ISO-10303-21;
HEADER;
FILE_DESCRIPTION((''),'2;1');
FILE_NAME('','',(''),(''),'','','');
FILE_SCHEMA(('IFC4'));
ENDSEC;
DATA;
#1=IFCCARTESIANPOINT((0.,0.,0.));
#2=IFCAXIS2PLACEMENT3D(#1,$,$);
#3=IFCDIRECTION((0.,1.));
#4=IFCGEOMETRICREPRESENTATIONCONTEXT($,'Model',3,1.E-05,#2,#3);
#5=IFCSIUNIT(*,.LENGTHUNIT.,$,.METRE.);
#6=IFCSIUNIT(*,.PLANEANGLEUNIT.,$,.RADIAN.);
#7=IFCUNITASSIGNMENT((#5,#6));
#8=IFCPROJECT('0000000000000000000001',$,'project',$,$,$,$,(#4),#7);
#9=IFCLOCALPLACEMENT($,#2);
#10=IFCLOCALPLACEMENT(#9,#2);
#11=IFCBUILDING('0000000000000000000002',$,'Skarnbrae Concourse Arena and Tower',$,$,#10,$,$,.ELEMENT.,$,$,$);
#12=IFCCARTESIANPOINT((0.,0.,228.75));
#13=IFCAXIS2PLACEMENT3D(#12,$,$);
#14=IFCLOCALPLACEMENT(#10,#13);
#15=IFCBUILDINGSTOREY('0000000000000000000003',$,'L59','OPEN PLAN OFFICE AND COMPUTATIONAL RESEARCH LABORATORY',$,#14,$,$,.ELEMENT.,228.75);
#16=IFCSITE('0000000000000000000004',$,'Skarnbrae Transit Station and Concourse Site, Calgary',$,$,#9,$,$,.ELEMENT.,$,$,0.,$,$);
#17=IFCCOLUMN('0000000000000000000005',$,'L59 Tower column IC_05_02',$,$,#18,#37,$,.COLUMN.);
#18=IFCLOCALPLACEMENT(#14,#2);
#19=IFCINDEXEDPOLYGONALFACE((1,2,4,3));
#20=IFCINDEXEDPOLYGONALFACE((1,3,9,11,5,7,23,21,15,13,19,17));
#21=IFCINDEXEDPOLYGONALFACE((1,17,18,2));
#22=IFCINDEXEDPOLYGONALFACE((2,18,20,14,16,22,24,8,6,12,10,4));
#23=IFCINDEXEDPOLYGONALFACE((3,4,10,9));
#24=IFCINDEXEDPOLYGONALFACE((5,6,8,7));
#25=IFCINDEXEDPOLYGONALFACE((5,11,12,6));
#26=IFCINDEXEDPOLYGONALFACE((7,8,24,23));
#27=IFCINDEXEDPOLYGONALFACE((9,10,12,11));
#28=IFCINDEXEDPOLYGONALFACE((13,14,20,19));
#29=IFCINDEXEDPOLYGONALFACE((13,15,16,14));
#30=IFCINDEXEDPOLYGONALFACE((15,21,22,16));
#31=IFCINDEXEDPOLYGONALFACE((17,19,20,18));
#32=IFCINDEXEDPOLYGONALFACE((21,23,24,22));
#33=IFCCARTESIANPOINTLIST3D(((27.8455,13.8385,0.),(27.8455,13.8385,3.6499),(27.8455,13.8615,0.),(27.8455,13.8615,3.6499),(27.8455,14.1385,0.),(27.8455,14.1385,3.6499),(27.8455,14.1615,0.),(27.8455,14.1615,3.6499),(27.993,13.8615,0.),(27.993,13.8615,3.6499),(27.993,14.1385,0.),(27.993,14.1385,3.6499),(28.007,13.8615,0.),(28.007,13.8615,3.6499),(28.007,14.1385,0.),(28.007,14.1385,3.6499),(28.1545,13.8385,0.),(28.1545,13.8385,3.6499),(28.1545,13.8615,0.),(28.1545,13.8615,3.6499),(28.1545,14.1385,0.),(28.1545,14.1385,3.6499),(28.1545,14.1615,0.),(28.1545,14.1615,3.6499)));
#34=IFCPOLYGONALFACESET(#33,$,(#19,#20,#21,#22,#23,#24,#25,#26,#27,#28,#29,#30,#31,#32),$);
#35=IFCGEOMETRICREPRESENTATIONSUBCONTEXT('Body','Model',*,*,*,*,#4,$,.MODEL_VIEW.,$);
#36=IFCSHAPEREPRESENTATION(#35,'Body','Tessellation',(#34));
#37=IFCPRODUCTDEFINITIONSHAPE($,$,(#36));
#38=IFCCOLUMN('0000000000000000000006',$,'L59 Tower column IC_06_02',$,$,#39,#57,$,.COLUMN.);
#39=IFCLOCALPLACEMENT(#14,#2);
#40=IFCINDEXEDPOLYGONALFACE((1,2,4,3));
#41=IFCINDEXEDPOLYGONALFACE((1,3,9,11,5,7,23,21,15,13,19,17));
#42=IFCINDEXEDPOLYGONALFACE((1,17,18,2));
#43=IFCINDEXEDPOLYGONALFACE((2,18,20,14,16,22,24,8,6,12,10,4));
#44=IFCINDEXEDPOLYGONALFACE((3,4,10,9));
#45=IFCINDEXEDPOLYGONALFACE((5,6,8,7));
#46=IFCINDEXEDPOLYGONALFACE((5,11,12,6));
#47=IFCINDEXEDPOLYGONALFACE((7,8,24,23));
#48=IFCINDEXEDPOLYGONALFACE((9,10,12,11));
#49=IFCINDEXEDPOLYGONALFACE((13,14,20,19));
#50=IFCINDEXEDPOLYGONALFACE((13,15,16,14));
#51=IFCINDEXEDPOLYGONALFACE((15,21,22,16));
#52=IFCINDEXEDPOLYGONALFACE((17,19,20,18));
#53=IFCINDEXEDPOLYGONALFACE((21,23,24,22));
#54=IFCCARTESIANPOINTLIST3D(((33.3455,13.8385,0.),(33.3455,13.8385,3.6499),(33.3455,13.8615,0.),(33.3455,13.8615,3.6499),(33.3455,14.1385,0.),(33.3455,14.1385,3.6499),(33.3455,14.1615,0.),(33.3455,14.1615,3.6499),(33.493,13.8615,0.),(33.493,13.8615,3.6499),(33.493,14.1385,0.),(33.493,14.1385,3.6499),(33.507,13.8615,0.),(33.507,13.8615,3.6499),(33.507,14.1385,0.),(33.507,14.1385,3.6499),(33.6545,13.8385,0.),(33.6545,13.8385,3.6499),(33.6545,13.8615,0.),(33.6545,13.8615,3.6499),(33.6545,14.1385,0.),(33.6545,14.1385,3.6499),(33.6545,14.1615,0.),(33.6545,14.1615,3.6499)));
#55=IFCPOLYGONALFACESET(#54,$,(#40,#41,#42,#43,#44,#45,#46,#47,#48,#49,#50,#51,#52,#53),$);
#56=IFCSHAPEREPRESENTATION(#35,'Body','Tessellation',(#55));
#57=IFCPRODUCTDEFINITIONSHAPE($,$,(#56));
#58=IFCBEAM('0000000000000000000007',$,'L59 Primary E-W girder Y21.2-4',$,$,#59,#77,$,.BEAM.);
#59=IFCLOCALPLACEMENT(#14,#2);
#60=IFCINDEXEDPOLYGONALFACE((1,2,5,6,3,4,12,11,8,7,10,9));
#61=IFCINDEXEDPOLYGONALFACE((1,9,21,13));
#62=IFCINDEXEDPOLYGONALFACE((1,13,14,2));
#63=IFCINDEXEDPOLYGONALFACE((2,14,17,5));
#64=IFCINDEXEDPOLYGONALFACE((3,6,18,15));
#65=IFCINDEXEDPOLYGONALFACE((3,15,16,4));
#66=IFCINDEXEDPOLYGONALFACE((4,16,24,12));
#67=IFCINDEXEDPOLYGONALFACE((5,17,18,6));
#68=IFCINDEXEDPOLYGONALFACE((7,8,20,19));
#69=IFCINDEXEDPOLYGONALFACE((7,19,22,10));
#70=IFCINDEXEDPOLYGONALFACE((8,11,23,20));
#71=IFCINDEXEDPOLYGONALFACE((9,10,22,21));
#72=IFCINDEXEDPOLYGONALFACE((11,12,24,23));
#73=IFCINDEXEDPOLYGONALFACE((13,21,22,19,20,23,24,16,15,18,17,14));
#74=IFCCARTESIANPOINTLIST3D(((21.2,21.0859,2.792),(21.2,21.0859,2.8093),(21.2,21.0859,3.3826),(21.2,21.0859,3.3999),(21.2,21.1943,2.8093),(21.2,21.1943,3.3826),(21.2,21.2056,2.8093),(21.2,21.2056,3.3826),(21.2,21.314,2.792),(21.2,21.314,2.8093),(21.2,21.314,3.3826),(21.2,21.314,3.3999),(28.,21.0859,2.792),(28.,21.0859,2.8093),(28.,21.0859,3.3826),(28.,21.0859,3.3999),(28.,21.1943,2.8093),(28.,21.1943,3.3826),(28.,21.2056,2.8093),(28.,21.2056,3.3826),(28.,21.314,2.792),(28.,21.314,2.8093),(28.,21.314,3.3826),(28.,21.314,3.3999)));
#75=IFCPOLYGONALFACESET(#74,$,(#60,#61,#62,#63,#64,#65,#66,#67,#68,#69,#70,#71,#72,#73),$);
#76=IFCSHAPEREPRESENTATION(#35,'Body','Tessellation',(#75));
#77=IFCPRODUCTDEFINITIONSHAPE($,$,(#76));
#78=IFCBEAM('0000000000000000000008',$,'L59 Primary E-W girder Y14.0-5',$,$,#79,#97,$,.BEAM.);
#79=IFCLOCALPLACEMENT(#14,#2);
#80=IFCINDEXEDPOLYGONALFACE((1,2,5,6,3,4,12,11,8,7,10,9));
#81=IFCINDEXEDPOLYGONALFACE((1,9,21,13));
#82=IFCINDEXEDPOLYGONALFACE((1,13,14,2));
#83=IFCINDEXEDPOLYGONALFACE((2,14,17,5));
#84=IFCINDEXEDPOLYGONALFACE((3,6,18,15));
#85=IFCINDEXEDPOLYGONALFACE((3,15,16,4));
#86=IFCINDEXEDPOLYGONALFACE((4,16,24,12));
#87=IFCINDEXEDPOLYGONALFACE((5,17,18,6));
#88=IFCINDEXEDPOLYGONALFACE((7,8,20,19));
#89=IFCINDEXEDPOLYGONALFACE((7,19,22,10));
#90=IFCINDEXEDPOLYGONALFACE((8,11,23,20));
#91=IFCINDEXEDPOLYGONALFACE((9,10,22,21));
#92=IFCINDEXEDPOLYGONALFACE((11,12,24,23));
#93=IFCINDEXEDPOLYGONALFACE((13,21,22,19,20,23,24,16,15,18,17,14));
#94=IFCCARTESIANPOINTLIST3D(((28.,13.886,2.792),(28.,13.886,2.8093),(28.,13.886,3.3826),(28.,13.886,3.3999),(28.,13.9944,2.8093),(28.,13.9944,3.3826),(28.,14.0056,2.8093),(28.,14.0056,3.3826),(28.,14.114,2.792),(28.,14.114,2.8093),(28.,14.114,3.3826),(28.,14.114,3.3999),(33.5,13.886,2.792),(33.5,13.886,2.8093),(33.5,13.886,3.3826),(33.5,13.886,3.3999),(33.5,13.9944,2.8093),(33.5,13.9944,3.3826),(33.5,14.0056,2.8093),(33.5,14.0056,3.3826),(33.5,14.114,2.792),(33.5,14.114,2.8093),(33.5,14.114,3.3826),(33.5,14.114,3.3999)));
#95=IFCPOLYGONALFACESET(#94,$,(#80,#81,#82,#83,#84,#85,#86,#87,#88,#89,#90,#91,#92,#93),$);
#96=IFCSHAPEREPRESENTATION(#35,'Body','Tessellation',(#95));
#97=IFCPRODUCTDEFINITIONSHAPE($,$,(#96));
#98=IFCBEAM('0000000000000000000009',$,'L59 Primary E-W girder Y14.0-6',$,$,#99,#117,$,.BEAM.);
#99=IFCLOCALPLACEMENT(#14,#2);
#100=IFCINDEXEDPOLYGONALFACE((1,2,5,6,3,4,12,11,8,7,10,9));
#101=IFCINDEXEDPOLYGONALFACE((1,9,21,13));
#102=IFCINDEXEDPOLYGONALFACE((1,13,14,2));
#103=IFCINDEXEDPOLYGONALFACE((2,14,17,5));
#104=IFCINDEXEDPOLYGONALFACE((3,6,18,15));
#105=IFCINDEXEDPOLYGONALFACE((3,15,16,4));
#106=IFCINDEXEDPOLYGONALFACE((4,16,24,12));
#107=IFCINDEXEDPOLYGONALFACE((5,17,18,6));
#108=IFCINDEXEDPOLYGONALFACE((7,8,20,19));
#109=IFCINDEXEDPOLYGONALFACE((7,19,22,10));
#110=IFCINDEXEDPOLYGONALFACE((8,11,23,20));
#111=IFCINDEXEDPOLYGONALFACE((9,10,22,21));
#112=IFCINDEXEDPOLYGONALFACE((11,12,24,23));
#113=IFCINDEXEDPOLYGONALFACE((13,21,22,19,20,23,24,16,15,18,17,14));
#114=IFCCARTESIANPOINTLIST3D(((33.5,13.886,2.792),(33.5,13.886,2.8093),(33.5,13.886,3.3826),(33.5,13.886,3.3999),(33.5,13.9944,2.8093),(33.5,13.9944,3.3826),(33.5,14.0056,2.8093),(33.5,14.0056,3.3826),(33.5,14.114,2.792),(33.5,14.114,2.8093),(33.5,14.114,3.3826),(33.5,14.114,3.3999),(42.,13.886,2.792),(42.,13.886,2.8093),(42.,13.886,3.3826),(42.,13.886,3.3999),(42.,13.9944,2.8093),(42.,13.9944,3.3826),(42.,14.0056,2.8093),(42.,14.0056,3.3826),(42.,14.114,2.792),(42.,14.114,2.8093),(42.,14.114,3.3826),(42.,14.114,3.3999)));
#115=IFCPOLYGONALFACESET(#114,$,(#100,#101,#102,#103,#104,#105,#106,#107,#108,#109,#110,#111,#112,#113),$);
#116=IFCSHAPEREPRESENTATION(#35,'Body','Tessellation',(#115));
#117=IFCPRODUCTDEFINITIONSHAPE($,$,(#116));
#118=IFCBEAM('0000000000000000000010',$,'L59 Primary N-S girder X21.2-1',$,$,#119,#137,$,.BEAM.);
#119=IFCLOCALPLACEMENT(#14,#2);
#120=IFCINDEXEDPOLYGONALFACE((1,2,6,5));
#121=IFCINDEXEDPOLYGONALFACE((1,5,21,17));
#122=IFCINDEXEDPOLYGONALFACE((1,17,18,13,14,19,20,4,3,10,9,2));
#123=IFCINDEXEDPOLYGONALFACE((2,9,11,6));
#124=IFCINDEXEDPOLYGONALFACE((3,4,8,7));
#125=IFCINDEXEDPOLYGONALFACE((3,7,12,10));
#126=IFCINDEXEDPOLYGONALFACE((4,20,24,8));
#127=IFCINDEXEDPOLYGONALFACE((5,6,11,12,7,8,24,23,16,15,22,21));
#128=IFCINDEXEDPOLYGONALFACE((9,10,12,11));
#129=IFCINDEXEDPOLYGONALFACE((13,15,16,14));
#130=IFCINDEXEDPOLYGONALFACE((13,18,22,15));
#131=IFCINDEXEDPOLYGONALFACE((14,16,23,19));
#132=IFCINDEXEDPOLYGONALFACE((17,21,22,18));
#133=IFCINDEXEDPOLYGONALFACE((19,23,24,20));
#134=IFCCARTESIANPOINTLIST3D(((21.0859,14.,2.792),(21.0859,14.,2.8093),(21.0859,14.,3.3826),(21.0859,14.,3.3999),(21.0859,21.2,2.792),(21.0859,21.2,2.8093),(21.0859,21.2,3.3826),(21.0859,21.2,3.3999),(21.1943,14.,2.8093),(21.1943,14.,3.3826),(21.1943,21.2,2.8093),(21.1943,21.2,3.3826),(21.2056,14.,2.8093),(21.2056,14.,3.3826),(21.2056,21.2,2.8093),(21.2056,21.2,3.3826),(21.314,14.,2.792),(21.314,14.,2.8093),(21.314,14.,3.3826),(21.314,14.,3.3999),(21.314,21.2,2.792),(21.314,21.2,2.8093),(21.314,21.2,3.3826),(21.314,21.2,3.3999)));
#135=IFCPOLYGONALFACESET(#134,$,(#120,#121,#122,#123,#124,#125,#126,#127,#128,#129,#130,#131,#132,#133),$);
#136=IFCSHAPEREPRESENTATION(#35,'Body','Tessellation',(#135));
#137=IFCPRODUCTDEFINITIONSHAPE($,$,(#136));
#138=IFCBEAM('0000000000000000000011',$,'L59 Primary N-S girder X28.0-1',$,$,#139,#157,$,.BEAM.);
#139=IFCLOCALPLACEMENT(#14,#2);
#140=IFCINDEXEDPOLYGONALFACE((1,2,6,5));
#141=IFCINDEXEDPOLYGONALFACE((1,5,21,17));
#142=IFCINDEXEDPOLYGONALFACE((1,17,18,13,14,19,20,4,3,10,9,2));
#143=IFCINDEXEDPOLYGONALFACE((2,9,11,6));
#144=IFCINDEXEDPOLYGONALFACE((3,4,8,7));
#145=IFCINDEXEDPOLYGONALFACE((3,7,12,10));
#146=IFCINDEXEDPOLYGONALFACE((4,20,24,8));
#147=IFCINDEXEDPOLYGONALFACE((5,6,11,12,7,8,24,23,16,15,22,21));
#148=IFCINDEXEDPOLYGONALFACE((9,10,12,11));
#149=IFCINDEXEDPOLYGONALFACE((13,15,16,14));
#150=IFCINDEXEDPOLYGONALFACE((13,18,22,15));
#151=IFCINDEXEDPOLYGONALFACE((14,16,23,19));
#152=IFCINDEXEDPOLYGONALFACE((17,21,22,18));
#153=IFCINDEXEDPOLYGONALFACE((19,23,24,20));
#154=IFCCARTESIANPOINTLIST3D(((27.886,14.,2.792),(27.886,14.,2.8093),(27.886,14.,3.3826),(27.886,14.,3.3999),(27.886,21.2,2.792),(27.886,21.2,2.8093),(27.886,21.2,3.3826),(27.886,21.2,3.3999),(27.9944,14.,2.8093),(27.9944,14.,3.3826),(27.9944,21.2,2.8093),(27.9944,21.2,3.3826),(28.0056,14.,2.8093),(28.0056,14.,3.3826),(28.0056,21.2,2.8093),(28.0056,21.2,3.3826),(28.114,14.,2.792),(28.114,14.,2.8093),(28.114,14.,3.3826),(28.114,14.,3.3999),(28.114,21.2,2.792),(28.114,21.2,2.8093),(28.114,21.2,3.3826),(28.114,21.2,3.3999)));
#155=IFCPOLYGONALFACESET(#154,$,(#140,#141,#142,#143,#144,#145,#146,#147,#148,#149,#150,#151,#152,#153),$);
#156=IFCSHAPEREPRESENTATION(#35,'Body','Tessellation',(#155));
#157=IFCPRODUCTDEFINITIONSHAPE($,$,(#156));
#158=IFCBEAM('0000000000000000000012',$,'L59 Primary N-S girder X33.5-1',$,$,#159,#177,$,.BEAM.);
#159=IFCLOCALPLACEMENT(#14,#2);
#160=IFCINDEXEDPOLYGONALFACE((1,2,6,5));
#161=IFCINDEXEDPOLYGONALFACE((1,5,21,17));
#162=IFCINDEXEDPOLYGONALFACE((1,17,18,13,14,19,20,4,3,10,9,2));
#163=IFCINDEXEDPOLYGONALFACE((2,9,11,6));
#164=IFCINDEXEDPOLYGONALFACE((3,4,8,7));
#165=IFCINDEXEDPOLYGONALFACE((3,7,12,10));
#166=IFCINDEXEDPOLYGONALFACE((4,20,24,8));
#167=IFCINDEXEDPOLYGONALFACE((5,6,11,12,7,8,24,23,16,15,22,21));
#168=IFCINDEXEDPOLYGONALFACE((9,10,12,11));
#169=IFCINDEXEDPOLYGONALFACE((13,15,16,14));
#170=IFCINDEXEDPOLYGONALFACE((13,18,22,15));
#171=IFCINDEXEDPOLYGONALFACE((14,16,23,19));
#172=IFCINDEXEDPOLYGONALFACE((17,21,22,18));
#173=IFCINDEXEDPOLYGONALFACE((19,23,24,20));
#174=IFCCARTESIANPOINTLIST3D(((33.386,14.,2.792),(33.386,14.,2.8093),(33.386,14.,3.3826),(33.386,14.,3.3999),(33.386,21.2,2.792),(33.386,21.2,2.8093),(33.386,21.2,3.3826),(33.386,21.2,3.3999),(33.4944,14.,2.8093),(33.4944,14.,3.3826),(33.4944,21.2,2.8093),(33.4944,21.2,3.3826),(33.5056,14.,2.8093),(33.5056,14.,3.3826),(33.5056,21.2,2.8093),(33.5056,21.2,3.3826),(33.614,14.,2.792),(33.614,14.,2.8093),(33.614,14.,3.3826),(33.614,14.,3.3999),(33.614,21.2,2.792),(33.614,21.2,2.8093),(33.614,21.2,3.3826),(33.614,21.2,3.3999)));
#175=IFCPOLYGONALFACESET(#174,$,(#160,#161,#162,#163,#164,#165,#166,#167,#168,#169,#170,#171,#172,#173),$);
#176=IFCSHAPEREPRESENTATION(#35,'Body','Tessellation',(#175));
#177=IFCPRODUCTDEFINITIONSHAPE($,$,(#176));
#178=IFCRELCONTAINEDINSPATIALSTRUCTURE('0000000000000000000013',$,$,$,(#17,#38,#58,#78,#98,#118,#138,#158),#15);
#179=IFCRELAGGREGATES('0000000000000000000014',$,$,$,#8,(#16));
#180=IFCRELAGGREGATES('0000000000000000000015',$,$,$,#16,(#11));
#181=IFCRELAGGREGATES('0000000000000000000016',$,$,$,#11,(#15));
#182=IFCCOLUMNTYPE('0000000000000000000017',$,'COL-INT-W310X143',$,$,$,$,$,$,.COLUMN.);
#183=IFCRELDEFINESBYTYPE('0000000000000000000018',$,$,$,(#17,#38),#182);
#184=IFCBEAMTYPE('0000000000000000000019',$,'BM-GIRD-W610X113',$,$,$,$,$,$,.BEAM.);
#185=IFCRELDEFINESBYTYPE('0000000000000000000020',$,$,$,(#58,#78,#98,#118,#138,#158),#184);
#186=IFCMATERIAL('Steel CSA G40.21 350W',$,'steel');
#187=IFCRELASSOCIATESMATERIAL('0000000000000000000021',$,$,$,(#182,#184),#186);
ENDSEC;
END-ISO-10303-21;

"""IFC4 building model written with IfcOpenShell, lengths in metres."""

from ifc_helpers import new_model, si_unit, direction, frame, origin, origin_2d, place, context, subcontext, project, spatial, i_section, extrude, source, transform, mapped, material, material_profile, profile_set, type_object, element, save


model = new_model("IFC4")

# Units and contexts
model_context = context("Model", 3, precision=1e-05, world=origin(), true_north=direction((0.0, 1.0)))
body_context = subcontext(model_context, "Body", "Model", "MODEL_VIEW")
ifc_project = project(units=[si_unit("LENGTHUNIT", "METRE"), si_unit("PLANEANGLEUNIT", "RADIAN")], contexts=[model_context])

# Site, building, storey
site_placement = place(None, origin())
site = spatial("IfcSite", under=ifc_project, at=site_placement, Name="Skarnbrae Transit Station and Concourse Site, Calgary", CompositionType="ELEMENT", RefElevation=0.0)
building_placement = place(site_placement, origin())
building = spatial("IfcBuilding", under=site, at=building_placement, Name="Skarnbrae Concourse Arena and Tower", CompositionType="ELEMENT")
storey_placement = place(building_placement, frame((0.0, 0.0, 228.75)))
storey = spatial("IfcBuildingStorey", under=building, at=storey_placement, Name="L59", Description="OPEN PLAN OFFICE AND COMPUTATIONAL RESEARCH LABORATORY", CompositionType="ELEMENT", Elevation=228.75)

# Columns
ifc_material_1 = material(Name="Steel CSA G40.21 350W", Category="steel")
ifc_material_profile_1 = material_profile(ifc_material_1, i_section(OverallWidth=0.3091, OverallDepth=0.323, WebThickness=0.0139, FlangeThickness=0.0229, at=origin_2d()), Name="W310X143")
ifc_profile_set_1 = profile_set([ifc_material_profile_1], Name="Steel CSA G40.21 350W")
column_type = type_object("IfcColumnType", Name="COL-INT-W310X143", PredefinedType="COLUMN", material=ifc_profile_set_1)
shared_shape_1 = source(origin(), body_context, "Body", "SweptSolid", [
    extrude(i_section(OverallWidth=0.3091, OverallDepth=0.323, WebThickness=0.0139, FlangeThickness=0.0229, at=origin_2d()), origin(), (0.0, 0.0, 1.0), 3.6499),
])
for number, where, z_axis, x_axis, name in (
    (1, (28.0, 14.0, 0.0), (0.0, 0.0, 1.0), (1.0, 0.0, 0.0), "L59 Tower column IC_05_02"),
    (2, (33.5, 14.0, 0.0), (0.0, 0.0, 1.0), (1.0, 0.0, 0.0), "L59 Tower column IC_06_02"),
):
    element("IfcColumn", number, at=place(storey_placement, frame(where, z_axis=z_axis, x_axis=x_axis)), inside=storey, type_object=column_type, Name=name, PredefinedType="COLUMN", context=body_context, shape_type="MappedRepresentation", body=[
        mapped(shared_shape_1, transform((0.0, 0.0, 0.0))),
    ])

# Beams
ifc_material_profile_2 = material_profile(ifc_material_1, i_section(OverallWidth=0.228, OverallDepth=0.6079, WebThickness=0.0112, FlangeThickness=0.0173, at=origin_2d()), Name="W610X113")
ifc_profile_set_2 = profile_set([ifc_material_profile_2], Name="Steel CSA G40.21 350W")
beam_type_1 = type_object("IfcBeamType", Name="BM-GIRD-W610X113", PredefinedType="BEAM", material=ifc_profile_set_2)
shared_shape_2 = source(origin(), body_context, "Body", "SweptSolid", [
    extrude(i_section(OverallWidth=0.228, OverallDepth=0.6079, WebThickness=0.0112, FlangeThickness=0.0173, at=origin_2d()), origin(), (0.0, 0.0, 1.0), 6.8),
])
beam_1_placement = place(storey_placement, frame((21.2, 21.2, 3.0959), z_axis=(1.0, 0.0, 0.0), x_axis=(0.0, 1.0, 0.0)))
element("IfcBeam", 3, at=beam_1_placement, inside=storey, type_object=beam_type_1, Name="L59 Primary E-W girder Y21.2-4", PredefinedType="BEAM", context=body_context, shape_type="MappedRepresentation", body=[
    mapped(shared_shape_2, transform((0.0, 0.0, 0.0))),
])
shared_shape_3 = source(origin(), body_context, "Body", "SweptSolid", [
    extrude(i_section(OverallWidth=0.228, OverallDepth=0.6079, WebThickness=0.0112, FlangeThickness=0.0173, at=origin_2d()), origin(), (0.0, 0.0, 1.0), 5.5),
])
beam_2_placement = place(storey_placement, frame((28.0, 14.0, 3.0959), z_axis=(1.0, 0.0, 0.0), x_axis=(0.0, 1.0, 0.0)))
element("IfcBeam", 4, at=beam_2_placement, inside=storey, type_object=beam_type_1, Name="L59 Primary E-W girder Y14.0-5", PredefinedType="BEAM", context=body_context, shape_type="MappedRepresentation", body=[
    mapped(shared_shape_3, transform((0.0, 0.0, 0.0))),
])
shared_shape_4 = source(origin(), body_context, "Body", "SweptSolid", [
    extrude(i_section(OverallWidth=0.228, OverallDepth=0.6079, WebThickness=0.0112, FlangeThickness=0.0173, at=origin_2d()), origin(), (0.0, 0.0, 1.0), 8.5),
])
beam_3_placement = place(storey_placement, frame((33.5, 14.0, 3.0959), z_axis=(1.0, 0.0, 0.0), x_axis=(0.0, 1.0, 0.0)))
element("IfcBeam", 5, at=beam_3_placement, inside=storey, type_object=beam_type_1, Name="L59 Primary E-W girder Y14.0-6", PredefinedType="BEAM", context=body_context, shape_type="MappedRepresentation", body=[
    mapped(shared_shape_4, transform((0.0, 0.0, 0.0))),
])
shared_shape_5 = source(origin(), body_context, "Body", "SweptSolid", [
    extrude(i_section(OverallWidth=0.228, OverallDepth=0.6079, WebThickness=0.0112, FlangeThickness=0.0173, at=origin_2d()), origin(), (0.0, 0.0, 1.0), 7.2),
])
for number, where, z_axis, x_axis, name in (
    (6, (21.2, 14.0, 3.0959), (0.0, 1.0, 0.0), (-1.0, 0.0, 0.0), "L59 Primary N-S girder X21.2-1"),
    (7, (28.0, 14.0, 3.0959), (0.0, 1.0, 0.0), (-1.0, 0.0, 0.0), "L59 Primary N-S girder X28.0-1"),
    (8, (33.5, 14.0, 3.0959), (0.0, 1.0, 0.0), (-1.0, 0.0, 0.0), "L59 Primary N-S girder X33.5-1"),
):
    element("IfcBeam", number, at=place(storey_placement, frame(where, z_axis=z_axis, x_axis=x_axis)), inside=storey, type_object=beam_type_1, Name=name, PredefinedType="BEAM", context=body_context, shape_type="MappedRepresentation", body=[
        mapped(shared_shape_5, transform((0.0, 0.0, 0.0))),
    ])

save(model, "model.ifc")
